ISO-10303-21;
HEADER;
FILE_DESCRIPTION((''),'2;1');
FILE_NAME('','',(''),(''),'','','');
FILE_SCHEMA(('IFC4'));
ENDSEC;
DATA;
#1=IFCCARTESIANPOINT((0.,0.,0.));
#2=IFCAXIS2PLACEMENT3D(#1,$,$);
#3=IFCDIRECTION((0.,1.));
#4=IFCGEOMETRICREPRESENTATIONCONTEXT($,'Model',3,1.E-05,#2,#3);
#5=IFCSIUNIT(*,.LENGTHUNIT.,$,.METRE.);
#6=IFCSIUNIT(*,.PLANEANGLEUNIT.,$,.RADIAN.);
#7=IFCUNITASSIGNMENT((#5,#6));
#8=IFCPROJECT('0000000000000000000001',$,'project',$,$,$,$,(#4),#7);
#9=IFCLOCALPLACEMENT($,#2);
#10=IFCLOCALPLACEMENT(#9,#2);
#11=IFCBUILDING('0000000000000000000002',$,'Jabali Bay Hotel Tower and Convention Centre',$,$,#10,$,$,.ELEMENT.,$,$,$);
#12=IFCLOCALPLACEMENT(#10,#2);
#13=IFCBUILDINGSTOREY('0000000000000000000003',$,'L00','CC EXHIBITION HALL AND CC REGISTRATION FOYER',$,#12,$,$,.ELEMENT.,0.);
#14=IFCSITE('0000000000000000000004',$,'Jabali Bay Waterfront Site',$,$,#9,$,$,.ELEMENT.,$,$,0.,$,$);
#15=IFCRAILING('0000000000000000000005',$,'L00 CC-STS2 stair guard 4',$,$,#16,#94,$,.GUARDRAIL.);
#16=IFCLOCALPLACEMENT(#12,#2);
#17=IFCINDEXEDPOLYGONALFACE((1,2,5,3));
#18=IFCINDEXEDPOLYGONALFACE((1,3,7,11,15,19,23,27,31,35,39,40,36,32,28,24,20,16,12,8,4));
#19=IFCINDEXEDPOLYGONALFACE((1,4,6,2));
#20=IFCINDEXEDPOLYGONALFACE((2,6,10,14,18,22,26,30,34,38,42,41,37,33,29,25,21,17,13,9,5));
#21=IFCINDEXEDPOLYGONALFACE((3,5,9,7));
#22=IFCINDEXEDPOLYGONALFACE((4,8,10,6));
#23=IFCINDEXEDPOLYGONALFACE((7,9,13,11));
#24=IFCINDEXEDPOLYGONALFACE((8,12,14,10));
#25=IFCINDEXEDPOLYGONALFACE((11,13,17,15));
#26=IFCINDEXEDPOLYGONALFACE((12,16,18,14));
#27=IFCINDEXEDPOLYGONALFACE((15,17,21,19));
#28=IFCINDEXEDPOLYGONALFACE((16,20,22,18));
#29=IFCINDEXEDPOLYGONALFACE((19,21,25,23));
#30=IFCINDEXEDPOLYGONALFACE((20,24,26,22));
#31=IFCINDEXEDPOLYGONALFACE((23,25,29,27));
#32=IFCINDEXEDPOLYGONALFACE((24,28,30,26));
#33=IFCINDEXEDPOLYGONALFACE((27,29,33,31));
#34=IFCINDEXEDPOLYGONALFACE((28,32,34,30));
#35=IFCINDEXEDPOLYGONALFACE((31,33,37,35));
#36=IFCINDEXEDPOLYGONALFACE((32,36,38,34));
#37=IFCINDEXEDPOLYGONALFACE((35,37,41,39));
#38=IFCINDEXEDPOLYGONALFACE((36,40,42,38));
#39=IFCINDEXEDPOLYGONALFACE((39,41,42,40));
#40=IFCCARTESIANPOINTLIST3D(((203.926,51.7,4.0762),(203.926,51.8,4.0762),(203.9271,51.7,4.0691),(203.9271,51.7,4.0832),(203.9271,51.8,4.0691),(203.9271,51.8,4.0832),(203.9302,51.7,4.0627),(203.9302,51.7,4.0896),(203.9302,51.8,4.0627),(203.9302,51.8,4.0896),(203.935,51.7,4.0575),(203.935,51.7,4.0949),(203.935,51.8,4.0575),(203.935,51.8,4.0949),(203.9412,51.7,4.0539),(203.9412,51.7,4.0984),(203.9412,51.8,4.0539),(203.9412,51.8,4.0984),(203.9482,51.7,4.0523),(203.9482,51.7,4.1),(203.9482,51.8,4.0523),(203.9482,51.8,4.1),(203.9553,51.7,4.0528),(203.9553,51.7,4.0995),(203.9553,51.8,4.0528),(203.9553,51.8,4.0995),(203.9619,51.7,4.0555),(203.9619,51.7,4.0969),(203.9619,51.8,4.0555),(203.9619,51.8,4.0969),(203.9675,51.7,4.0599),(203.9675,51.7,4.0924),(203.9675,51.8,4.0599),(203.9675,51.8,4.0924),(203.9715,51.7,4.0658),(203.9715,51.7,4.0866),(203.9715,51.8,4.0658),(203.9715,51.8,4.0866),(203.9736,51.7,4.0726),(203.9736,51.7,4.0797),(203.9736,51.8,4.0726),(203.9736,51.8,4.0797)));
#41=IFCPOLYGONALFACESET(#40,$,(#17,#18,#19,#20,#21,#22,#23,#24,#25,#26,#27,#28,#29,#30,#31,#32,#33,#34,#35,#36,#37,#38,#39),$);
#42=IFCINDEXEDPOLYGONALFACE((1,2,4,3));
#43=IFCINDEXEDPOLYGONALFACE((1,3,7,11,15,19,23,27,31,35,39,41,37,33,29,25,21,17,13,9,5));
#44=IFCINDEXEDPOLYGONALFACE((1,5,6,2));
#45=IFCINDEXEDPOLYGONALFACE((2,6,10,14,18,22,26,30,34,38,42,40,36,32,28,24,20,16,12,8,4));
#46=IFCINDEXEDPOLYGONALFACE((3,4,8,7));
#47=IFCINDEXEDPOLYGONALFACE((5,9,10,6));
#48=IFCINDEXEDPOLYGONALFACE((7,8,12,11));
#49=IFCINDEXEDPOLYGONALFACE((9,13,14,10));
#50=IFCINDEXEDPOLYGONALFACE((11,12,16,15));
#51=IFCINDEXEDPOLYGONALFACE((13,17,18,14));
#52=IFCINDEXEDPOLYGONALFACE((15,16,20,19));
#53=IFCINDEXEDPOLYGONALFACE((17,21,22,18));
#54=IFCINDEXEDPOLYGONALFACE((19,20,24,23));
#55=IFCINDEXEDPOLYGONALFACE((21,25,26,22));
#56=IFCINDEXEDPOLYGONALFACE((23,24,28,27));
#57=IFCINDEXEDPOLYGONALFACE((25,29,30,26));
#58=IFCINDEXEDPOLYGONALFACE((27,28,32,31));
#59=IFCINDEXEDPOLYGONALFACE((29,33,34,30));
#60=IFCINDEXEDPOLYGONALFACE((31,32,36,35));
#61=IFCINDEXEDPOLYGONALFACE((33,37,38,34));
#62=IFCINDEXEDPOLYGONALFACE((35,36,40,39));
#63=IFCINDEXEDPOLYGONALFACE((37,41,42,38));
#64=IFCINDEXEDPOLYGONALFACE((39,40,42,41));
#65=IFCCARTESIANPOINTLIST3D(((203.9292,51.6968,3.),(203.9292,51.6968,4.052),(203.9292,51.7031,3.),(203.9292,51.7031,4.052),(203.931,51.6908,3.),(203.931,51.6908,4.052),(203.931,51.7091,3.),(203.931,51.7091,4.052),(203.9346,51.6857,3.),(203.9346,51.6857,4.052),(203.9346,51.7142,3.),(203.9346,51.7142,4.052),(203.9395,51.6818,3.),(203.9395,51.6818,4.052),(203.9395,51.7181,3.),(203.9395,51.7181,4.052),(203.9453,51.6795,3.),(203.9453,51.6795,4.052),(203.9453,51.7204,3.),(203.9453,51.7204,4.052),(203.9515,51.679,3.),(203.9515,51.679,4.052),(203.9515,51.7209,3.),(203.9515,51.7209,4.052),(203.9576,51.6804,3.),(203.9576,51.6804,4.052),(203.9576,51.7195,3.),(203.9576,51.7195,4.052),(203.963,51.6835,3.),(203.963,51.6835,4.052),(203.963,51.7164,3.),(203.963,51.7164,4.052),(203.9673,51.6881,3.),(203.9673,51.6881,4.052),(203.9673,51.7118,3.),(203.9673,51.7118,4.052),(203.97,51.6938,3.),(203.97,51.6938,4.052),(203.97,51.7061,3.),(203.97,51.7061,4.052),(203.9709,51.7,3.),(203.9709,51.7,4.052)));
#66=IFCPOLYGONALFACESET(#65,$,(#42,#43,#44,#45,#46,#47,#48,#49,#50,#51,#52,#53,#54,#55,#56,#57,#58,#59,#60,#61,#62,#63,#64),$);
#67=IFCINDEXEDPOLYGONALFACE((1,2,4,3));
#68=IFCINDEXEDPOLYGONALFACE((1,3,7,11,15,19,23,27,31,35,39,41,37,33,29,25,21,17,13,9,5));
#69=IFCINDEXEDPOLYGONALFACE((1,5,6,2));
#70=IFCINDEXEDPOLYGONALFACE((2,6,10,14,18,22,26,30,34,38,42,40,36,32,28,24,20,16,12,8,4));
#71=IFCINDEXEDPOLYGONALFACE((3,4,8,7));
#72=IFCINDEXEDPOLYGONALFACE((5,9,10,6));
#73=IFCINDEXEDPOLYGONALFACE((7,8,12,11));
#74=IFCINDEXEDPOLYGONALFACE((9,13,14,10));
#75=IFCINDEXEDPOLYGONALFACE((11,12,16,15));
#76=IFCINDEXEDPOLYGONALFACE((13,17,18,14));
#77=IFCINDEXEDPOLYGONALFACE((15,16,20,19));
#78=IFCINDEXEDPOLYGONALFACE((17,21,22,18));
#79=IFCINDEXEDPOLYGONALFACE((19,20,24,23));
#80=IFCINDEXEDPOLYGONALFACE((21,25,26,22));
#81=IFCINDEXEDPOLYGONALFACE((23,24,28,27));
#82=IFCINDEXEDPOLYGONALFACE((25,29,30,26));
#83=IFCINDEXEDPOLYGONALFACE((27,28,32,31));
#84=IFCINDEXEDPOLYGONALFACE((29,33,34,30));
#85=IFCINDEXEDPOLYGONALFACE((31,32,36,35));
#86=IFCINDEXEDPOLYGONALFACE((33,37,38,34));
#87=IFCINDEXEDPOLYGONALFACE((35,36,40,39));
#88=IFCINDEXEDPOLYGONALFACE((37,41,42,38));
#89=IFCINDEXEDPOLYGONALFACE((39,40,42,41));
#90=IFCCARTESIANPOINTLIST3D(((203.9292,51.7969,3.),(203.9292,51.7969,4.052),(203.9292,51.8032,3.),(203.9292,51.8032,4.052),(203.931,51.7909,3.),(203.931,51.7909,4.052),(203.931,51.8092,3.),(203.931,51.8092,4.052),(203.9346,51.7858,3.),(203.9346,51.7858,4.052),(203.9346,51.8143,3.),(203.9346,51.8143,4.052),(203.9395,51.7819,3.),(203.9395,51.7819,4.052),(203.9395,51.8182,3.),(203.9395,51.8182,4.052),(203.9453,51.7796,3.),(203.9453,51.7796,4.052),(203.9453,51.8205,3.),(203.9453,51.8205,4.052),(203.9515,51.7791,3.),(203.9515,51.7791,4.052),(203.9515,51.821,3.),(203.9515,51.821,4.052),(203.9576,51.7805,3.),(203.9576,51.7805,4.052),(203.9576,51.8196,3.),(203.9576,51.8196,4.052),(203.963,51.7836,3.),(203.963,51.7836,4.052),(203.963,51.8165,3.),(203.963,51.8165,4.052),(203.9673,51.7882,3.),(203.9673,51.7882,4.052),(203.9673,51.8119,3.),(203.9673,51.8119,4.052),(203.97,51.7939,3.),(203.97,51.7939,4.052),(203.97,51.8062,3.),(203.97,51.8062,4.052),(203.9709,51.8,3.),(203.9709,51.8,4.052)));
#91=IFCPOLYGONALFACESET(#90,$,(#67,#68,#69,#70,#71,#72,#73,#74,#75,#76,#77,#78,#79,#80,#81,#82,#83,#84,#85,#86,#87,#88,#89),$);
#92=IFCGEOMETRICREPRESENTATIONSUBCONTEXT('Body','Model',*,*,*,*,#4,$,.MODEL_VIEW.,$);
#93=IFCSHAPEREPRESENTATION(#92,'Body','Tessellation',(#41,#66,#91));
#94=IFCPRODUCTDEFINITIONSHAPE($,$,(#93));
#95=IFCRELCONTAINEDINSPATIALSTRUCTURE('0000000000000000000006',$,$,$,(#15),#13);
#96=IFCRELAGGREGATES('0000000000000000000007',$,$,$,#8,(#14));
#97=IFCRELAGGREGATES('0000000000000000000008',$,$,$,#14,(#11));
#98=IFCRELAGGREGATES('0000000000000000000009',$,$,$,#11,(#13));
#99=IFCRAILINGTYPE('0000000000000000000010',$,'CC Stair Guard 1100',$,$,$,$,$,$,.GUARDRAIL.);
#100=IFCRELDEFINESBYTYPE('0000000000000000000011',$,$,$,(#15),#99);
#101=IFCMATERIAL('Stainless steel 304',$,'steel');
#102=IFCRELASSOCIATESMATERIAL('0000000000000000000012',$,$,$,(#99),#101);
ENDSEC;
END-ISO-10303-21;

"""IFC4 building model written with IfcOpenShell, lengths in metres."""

from ifc_helpers import new_model, si_unit, direction, frame, origin, origin_2d, place, context, subcontext, project, spatial, circle, extrude, material, type_object, element, save


model = new_model("IFC4")

# Units and contexts
model_context = context("Model", 3, precision=1e-05, world=origin(), true_north=direction((0.0, 1.0)))
body_context = subcontext(model_context, "Body", "Model", "MODEL_VIEW")
ifc_project = project(units=[si_unit("LENGTHUNIT", "METRE"), si_unit("PLANEANGLEUNIT", "RADIAN")], contexts=[model_context])

# Site, building, storey
site_placement = place(None, origin())
site = spatial("IfcSite", under=ifc_project, at=site_placement, Name="Jabali Bay Waterfront Site", CompositionType="ELEMENT", RefElevation=0.0)
building_placement = place(site_placement, origin())
building = spatial("IfcBuilding", under=site, at=building_placement, Name="Jabali Bay Hotel Tower and Convention Centre", CompositionType="ELEMENT")
storey_placement = place(building_placement, origin())
storey = spatial("IfcBuildingStorey", under=building, at=storey_placement, Name="L00", Description="CC EXHIBITION HALL AND CC REGISTRATION FOYER", CompositionType="ELEMENT", Elevation=0.0)

# Railing
ifc_material_1 = material(Name="Stainless steel 304", Category="steel")
railing_type_1 = type_object("IfcRailingType", Name="CC Stair Guard 1100", PredefinedType="GUARDRAIL", material=ifc_material_1)
railing_1_placement = place(storey_placement, frame((203.95, 51.7, 3.0)))
element("IfcRailing", 1, at=railing_1_placement, inside=storey, type_object=railing_type_1, Name="L00 CC-STS2 stair guard 4", PredefinedType="GUARDRAIL", context=body_context, shape_type="SweptSolid", body=[
    extrude(circle(Radius=0.0239, at=origin_2d()), frame((0.0, 0.0, 1.0762), z_axis=(0.0, 1.0, 0.0), x_axis=(-1.0, 0.0, 0.0)), (0.0, 0.0, 1.0), 0.1001),
    extrude(circle(Radius=0.021, at=origin_2d()), origin(), (0.0, 0.0, 1.0), 1.052),
    extrude(circle(Radius=0.021, at=origin_2d()), frame((0.0, 0.1001, 0.0)), (0.0, 0.0, 1.0), 1.052),
])

save(model, "model.ifc")
